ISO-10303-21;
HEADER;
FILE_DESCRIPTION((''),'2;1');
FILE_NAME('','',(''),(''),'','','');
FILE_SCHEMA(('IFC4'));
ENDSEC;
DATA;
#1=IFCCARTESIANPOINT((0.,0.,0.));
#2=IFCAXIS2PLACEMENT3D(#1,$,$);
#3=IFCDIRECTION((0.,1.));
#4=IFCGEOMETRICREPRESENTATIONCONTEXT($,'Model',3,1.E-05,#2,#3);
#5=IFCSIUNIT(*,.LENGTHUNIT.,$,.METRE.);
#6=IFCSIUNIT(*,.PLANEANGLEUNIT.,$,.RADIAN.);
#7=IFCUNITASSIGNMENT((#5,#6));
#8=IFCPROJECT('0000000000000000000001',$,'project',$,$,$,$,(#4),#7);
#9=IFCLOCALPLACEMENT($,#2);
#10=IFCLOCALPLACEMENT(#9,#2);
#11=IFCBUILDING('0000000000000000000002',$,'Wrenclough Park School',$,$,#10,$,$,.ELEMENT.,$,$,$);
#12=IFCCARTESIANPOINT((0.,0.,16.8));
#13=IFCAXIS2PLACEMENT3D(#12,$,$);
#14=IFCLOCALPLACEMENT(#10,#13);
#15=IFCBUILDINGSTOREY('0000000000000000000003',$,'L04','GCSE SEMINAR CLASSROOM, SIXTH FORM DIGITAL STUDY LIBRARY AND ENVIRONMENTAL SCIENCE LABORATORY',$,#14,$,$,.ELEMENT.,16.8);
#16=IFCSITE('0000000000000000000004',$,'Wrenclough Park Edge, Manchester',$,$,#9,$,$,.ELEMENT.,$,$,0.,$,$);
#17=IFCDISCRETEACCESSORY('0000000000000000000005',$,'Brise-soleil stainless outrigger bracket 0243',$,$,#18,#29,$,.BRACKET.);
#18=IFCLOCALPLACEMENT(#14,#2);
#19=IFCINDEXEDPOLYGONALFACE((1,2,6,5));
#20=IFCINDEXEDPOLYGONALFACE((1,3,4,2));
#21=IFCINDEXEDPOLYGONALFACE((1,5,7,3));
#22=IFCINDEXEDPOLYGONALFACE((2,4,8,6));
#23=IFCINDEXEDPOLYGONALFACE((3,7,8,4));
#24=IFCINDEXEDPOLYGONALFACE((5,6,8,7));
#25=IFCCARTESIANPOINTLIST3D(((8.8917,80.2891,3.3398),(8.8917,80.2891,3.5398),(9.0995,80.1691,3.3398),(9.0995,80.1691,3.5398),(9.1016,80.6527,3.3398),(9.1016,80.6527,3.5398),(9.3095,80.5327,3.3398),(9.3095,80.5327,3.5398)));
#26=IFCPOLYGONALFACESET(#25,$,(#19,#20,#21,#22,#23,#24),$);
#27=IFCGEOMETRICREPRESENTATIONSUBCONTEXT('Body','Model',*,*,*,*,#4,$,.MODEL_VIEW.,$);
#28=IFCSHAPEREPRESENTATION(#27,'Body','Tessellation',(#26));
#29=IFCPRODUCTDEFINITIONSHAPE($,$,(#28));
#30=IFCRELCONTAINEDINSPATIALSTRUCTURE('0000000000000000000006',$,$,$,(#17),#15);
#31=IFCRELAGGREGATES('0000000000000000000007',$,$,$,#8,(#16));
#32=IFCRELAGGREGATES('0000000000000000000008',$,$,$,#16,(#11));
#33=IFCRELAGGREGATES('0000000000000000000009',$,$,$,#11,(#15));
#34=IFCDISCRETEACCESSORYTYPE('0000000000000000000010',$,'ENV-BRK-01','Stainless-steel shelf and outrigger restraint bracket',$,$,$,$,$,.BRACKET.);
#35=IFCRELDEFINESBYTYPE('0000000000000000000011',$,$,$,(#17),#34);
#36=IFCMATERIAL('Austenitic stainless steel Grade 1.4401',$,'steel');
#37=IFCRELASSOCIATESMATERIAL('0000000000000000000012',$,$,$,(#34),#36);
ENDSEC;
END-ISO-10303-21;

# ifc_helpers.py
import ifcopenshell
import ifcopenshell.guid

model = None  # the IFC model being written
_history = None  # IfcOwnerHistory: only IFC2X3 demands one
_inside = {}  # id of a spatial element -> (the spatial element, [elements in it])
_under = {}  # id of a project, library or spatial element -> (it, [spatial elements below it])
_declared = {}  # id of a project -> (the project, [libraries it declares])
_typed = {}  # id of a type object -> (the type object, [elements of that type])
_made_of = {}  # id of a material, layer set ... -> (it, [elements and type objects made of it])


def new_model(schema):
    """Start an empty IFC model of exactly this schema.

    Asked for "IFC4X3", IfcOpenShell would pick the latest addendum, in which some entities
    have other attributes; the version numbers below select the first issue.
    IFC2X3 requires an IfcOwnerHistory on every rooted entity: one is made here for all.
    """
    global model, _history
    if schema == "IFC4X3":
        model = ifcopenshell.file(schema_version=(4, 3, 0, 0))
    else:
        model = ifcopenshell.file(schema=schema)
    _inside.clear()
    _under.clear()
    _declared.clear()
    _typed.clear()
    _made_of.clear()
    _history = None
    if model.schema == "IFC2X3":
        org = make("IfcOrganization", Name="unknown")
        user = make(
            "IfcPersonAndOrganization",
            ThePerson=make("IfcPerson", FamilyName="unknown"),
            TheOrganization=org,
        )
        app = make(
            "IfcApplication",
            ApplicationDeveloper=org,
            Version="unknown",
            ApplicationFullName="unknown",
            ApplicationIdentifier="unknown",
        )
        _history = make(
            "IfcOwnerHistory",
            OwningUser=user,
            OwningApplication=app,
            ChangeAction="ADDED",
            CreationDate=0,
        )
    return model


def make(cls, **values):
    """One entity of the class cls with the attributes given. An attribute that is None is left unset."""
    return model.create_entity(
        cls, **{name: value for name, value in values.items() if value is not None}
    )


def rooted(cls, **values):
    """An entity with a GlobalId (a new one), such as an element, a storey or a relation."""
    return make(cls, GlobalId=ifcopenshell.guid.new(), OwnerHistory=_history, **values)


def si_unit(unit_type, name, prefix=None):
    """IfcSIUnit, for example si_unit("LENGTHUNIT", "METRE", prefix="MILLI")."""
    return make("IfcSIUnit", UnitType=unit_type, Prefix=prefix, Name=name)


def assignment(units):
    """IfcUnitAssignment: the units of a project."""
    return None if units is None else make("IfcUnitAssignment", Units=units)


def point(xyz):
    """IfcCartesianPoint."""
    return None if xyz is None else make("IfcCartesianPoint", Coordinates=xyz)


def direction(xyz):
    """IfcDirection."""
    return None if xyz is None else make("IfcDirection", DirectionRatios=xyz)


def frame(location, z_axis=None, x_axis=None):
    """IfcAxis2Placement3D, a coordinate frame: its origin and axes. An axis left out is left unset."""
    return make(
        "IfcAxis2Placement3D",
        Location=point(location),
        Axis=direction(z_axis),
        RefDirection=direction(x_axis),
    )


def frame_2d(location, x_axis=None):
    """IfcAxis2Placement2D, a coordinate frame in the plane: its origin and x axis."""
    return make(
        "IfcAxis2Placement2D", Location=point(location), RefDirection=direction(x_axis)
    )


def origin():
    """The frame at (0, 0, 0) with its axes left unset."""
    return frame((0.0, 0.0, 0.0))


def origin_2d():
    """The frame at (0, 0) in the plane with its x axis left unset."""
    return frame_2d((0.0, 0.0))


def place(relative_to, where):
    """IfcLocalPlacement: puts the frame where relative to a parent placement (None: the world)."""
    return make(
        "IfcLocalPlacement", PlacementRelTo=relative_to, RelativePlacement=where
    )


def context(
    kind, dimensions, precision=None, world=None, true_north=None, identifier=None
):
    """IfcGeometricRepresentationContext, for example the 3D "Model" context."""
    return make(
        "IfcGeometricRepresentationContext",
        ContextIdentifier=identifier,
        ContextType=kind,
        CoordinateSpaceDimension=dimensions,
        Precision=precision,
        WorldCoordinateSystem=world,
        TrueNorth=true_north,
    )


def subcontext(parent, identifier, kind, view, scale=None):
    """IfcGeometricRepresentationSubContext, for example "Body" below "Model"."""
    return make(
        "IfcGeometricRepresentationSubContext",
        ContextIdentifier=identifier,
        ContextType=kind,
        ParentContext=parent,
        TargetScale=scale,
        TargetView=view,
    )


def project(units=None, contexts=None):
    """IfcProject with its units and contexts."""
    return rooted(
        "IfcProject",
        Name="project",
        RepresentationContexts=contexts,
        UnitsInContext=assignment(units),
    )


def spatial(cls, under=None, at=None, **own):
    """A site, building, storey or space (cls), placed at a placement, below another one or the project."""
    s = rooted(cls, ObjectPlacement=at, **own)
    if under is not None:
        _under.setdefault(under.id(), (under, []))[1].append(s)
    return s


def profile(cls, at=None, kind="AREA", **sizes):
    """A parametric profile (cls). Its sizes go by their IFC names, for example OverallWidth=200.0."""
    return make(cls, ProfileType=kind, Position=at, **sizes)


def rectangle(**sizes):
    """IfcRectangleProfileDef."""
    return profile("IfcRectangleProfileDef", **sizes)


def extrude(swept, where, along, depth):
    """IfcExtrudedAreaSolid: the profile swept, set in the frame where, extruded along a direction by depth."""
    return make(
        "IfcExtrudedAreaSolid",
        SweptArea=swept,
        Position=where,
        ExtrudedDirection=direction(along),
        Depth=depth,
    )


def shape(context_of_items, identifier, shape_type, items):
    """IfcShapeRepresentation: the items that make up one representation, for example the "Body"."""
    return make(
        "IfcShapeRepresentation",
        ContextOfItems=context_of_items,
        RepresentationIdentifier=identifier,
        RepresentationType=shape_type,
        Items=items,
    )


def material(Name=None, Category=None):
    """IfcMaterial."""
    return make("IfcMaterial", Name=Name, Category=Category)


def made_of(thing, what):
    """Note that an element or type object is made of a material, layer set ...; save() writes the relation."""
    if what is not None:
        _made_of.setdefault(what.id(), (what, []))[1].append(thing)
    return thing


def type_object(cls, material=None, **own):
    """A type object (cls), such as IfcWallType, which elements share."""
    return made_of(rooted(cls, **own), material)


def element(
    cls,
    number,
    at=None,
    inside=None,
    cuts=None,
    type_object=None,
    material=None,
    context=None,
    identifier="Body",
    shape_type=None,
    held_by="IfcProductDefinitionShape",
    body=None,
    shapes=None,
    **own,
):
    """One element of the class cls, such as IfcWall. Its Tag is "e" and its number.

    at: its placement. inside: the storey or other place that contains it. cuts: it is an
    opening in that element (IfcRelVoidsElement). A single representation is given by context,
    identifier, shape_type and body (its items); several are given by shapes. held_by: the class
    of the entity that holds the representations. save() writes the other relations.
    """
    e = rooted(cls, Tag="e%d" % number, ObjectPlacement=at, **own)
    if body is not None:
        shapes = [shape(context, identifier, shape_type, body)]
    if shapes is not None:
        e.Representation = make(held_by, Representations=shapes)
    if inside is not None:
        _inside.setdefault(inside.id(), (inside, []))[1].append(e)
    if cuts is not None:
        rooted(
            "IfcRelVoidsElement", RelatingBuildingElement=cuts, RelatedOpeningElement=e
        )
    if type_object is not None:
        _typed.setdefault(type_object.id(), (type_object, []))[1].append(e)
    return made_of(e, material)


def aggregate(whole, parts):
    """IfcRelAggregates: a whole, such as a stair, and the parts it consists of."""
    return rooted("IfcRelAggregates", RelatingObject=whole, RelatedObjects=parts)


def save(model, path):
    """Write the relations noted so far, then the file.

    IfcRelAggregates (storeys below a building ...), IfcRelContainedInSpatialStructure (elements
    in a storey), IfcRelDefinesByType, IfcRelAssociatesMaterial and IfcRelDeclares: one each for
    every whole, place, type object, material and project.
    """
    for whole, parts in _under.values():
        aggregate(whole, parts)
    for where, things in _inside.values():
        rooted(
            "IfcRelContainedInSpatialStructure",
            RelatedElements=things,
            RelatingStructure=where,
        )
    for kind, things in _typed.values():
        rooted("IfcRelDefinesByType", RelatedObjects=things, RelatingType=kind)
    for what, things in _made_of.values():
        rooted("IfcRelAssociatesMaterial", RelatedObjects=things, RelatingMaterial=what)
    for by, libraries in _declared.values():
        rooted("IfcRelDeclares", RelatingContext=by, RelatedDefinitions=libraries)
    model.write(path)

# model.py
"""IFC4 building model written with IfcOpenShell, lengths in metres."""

from ifc_helpers import new_model, si_unit, direction, frame, origin, origin_2d, place, context, subcontext, project, spatial, rectangle, extrude, material, type_object, element, save


model = new_model("IFC4")

# Units and contexts
model_context = context("Model", 3, precision=1e-05, world=origin(), true_north=direction((0.0, 1.0)))
body_context = subcontext(model_context, "Body", "Model", "MODEL_VIEW")
ifc_project = project(units=[si_unit("LENGTHUNIT", "METRE"), si_unit("PLANEANGLEUNIT", "RADIAN")], contexts=[model_context])

# Site, building, storey
site_placement = place(None, origin())
site = spatial("IfcSite", under=ifc_project, at=site_placement, Name="Wrenclough Park Edge, Manchester", CompositionType="ELEMENT", RefElevation=0.0)
building_placement = place(site_placement, origin())
building = spatial("IfcBuilding", under=site, at=building_placement, Name="Wrenclough Park School", CompositionType="ELEMENT")
storey_placement = place(building_placement, frame((0.0, 0.0, 16.8)))
storey = spatial("IfcBuildingStorey", under=building, at=storey_placement, Name="L04", Description="GCSE SEMINAR CLASSROOM, SIXTH FORM DIGITAL STUDY LIBRARY AND ENVIRONMENTAL SCIENCE LABORATORY", CompositionType="ELEMENT", Elevation=16.8)

# Discrete accessory
ifc_material_1 = material(Name="Austenitic stainless steel Grade 1.4401", Category="steel")
discrete_accessory_type = type_object("IfcDiscreteAccessoryType", Name="ENV-BRK-01", Description="Stainless-steel shelf and outrigger restraint bracket", PredefinedType="BRACKET", material=ifc_material_1)
for number, where, z_axis, x_axis, name in (
    (1, (9.1006, 80.4109, 3.3398), (0.0, 0.0, 1.0), (0.866029, -0.499993, 0.0), "Brise-soleil stainless outrigger bracket 0243"),
):
    element("IfcDiscreteAccessory", number, at=place(storey_placement, frame(where, z_axis=z_axis, x_axis=x_axis)), inside=storey, type_object=discrete_accessory_type, Name=name, PredefinedType="BRACKET", context=body_context, shape_type="SweptSolid", body=[
        extrude(rectangle(XDim=0.24, YDim=0.4199, at=origin_2d()), origin(), (0.0, 0.0, 1.0), 0.2),
    ])

save(model, "model.ifc")
